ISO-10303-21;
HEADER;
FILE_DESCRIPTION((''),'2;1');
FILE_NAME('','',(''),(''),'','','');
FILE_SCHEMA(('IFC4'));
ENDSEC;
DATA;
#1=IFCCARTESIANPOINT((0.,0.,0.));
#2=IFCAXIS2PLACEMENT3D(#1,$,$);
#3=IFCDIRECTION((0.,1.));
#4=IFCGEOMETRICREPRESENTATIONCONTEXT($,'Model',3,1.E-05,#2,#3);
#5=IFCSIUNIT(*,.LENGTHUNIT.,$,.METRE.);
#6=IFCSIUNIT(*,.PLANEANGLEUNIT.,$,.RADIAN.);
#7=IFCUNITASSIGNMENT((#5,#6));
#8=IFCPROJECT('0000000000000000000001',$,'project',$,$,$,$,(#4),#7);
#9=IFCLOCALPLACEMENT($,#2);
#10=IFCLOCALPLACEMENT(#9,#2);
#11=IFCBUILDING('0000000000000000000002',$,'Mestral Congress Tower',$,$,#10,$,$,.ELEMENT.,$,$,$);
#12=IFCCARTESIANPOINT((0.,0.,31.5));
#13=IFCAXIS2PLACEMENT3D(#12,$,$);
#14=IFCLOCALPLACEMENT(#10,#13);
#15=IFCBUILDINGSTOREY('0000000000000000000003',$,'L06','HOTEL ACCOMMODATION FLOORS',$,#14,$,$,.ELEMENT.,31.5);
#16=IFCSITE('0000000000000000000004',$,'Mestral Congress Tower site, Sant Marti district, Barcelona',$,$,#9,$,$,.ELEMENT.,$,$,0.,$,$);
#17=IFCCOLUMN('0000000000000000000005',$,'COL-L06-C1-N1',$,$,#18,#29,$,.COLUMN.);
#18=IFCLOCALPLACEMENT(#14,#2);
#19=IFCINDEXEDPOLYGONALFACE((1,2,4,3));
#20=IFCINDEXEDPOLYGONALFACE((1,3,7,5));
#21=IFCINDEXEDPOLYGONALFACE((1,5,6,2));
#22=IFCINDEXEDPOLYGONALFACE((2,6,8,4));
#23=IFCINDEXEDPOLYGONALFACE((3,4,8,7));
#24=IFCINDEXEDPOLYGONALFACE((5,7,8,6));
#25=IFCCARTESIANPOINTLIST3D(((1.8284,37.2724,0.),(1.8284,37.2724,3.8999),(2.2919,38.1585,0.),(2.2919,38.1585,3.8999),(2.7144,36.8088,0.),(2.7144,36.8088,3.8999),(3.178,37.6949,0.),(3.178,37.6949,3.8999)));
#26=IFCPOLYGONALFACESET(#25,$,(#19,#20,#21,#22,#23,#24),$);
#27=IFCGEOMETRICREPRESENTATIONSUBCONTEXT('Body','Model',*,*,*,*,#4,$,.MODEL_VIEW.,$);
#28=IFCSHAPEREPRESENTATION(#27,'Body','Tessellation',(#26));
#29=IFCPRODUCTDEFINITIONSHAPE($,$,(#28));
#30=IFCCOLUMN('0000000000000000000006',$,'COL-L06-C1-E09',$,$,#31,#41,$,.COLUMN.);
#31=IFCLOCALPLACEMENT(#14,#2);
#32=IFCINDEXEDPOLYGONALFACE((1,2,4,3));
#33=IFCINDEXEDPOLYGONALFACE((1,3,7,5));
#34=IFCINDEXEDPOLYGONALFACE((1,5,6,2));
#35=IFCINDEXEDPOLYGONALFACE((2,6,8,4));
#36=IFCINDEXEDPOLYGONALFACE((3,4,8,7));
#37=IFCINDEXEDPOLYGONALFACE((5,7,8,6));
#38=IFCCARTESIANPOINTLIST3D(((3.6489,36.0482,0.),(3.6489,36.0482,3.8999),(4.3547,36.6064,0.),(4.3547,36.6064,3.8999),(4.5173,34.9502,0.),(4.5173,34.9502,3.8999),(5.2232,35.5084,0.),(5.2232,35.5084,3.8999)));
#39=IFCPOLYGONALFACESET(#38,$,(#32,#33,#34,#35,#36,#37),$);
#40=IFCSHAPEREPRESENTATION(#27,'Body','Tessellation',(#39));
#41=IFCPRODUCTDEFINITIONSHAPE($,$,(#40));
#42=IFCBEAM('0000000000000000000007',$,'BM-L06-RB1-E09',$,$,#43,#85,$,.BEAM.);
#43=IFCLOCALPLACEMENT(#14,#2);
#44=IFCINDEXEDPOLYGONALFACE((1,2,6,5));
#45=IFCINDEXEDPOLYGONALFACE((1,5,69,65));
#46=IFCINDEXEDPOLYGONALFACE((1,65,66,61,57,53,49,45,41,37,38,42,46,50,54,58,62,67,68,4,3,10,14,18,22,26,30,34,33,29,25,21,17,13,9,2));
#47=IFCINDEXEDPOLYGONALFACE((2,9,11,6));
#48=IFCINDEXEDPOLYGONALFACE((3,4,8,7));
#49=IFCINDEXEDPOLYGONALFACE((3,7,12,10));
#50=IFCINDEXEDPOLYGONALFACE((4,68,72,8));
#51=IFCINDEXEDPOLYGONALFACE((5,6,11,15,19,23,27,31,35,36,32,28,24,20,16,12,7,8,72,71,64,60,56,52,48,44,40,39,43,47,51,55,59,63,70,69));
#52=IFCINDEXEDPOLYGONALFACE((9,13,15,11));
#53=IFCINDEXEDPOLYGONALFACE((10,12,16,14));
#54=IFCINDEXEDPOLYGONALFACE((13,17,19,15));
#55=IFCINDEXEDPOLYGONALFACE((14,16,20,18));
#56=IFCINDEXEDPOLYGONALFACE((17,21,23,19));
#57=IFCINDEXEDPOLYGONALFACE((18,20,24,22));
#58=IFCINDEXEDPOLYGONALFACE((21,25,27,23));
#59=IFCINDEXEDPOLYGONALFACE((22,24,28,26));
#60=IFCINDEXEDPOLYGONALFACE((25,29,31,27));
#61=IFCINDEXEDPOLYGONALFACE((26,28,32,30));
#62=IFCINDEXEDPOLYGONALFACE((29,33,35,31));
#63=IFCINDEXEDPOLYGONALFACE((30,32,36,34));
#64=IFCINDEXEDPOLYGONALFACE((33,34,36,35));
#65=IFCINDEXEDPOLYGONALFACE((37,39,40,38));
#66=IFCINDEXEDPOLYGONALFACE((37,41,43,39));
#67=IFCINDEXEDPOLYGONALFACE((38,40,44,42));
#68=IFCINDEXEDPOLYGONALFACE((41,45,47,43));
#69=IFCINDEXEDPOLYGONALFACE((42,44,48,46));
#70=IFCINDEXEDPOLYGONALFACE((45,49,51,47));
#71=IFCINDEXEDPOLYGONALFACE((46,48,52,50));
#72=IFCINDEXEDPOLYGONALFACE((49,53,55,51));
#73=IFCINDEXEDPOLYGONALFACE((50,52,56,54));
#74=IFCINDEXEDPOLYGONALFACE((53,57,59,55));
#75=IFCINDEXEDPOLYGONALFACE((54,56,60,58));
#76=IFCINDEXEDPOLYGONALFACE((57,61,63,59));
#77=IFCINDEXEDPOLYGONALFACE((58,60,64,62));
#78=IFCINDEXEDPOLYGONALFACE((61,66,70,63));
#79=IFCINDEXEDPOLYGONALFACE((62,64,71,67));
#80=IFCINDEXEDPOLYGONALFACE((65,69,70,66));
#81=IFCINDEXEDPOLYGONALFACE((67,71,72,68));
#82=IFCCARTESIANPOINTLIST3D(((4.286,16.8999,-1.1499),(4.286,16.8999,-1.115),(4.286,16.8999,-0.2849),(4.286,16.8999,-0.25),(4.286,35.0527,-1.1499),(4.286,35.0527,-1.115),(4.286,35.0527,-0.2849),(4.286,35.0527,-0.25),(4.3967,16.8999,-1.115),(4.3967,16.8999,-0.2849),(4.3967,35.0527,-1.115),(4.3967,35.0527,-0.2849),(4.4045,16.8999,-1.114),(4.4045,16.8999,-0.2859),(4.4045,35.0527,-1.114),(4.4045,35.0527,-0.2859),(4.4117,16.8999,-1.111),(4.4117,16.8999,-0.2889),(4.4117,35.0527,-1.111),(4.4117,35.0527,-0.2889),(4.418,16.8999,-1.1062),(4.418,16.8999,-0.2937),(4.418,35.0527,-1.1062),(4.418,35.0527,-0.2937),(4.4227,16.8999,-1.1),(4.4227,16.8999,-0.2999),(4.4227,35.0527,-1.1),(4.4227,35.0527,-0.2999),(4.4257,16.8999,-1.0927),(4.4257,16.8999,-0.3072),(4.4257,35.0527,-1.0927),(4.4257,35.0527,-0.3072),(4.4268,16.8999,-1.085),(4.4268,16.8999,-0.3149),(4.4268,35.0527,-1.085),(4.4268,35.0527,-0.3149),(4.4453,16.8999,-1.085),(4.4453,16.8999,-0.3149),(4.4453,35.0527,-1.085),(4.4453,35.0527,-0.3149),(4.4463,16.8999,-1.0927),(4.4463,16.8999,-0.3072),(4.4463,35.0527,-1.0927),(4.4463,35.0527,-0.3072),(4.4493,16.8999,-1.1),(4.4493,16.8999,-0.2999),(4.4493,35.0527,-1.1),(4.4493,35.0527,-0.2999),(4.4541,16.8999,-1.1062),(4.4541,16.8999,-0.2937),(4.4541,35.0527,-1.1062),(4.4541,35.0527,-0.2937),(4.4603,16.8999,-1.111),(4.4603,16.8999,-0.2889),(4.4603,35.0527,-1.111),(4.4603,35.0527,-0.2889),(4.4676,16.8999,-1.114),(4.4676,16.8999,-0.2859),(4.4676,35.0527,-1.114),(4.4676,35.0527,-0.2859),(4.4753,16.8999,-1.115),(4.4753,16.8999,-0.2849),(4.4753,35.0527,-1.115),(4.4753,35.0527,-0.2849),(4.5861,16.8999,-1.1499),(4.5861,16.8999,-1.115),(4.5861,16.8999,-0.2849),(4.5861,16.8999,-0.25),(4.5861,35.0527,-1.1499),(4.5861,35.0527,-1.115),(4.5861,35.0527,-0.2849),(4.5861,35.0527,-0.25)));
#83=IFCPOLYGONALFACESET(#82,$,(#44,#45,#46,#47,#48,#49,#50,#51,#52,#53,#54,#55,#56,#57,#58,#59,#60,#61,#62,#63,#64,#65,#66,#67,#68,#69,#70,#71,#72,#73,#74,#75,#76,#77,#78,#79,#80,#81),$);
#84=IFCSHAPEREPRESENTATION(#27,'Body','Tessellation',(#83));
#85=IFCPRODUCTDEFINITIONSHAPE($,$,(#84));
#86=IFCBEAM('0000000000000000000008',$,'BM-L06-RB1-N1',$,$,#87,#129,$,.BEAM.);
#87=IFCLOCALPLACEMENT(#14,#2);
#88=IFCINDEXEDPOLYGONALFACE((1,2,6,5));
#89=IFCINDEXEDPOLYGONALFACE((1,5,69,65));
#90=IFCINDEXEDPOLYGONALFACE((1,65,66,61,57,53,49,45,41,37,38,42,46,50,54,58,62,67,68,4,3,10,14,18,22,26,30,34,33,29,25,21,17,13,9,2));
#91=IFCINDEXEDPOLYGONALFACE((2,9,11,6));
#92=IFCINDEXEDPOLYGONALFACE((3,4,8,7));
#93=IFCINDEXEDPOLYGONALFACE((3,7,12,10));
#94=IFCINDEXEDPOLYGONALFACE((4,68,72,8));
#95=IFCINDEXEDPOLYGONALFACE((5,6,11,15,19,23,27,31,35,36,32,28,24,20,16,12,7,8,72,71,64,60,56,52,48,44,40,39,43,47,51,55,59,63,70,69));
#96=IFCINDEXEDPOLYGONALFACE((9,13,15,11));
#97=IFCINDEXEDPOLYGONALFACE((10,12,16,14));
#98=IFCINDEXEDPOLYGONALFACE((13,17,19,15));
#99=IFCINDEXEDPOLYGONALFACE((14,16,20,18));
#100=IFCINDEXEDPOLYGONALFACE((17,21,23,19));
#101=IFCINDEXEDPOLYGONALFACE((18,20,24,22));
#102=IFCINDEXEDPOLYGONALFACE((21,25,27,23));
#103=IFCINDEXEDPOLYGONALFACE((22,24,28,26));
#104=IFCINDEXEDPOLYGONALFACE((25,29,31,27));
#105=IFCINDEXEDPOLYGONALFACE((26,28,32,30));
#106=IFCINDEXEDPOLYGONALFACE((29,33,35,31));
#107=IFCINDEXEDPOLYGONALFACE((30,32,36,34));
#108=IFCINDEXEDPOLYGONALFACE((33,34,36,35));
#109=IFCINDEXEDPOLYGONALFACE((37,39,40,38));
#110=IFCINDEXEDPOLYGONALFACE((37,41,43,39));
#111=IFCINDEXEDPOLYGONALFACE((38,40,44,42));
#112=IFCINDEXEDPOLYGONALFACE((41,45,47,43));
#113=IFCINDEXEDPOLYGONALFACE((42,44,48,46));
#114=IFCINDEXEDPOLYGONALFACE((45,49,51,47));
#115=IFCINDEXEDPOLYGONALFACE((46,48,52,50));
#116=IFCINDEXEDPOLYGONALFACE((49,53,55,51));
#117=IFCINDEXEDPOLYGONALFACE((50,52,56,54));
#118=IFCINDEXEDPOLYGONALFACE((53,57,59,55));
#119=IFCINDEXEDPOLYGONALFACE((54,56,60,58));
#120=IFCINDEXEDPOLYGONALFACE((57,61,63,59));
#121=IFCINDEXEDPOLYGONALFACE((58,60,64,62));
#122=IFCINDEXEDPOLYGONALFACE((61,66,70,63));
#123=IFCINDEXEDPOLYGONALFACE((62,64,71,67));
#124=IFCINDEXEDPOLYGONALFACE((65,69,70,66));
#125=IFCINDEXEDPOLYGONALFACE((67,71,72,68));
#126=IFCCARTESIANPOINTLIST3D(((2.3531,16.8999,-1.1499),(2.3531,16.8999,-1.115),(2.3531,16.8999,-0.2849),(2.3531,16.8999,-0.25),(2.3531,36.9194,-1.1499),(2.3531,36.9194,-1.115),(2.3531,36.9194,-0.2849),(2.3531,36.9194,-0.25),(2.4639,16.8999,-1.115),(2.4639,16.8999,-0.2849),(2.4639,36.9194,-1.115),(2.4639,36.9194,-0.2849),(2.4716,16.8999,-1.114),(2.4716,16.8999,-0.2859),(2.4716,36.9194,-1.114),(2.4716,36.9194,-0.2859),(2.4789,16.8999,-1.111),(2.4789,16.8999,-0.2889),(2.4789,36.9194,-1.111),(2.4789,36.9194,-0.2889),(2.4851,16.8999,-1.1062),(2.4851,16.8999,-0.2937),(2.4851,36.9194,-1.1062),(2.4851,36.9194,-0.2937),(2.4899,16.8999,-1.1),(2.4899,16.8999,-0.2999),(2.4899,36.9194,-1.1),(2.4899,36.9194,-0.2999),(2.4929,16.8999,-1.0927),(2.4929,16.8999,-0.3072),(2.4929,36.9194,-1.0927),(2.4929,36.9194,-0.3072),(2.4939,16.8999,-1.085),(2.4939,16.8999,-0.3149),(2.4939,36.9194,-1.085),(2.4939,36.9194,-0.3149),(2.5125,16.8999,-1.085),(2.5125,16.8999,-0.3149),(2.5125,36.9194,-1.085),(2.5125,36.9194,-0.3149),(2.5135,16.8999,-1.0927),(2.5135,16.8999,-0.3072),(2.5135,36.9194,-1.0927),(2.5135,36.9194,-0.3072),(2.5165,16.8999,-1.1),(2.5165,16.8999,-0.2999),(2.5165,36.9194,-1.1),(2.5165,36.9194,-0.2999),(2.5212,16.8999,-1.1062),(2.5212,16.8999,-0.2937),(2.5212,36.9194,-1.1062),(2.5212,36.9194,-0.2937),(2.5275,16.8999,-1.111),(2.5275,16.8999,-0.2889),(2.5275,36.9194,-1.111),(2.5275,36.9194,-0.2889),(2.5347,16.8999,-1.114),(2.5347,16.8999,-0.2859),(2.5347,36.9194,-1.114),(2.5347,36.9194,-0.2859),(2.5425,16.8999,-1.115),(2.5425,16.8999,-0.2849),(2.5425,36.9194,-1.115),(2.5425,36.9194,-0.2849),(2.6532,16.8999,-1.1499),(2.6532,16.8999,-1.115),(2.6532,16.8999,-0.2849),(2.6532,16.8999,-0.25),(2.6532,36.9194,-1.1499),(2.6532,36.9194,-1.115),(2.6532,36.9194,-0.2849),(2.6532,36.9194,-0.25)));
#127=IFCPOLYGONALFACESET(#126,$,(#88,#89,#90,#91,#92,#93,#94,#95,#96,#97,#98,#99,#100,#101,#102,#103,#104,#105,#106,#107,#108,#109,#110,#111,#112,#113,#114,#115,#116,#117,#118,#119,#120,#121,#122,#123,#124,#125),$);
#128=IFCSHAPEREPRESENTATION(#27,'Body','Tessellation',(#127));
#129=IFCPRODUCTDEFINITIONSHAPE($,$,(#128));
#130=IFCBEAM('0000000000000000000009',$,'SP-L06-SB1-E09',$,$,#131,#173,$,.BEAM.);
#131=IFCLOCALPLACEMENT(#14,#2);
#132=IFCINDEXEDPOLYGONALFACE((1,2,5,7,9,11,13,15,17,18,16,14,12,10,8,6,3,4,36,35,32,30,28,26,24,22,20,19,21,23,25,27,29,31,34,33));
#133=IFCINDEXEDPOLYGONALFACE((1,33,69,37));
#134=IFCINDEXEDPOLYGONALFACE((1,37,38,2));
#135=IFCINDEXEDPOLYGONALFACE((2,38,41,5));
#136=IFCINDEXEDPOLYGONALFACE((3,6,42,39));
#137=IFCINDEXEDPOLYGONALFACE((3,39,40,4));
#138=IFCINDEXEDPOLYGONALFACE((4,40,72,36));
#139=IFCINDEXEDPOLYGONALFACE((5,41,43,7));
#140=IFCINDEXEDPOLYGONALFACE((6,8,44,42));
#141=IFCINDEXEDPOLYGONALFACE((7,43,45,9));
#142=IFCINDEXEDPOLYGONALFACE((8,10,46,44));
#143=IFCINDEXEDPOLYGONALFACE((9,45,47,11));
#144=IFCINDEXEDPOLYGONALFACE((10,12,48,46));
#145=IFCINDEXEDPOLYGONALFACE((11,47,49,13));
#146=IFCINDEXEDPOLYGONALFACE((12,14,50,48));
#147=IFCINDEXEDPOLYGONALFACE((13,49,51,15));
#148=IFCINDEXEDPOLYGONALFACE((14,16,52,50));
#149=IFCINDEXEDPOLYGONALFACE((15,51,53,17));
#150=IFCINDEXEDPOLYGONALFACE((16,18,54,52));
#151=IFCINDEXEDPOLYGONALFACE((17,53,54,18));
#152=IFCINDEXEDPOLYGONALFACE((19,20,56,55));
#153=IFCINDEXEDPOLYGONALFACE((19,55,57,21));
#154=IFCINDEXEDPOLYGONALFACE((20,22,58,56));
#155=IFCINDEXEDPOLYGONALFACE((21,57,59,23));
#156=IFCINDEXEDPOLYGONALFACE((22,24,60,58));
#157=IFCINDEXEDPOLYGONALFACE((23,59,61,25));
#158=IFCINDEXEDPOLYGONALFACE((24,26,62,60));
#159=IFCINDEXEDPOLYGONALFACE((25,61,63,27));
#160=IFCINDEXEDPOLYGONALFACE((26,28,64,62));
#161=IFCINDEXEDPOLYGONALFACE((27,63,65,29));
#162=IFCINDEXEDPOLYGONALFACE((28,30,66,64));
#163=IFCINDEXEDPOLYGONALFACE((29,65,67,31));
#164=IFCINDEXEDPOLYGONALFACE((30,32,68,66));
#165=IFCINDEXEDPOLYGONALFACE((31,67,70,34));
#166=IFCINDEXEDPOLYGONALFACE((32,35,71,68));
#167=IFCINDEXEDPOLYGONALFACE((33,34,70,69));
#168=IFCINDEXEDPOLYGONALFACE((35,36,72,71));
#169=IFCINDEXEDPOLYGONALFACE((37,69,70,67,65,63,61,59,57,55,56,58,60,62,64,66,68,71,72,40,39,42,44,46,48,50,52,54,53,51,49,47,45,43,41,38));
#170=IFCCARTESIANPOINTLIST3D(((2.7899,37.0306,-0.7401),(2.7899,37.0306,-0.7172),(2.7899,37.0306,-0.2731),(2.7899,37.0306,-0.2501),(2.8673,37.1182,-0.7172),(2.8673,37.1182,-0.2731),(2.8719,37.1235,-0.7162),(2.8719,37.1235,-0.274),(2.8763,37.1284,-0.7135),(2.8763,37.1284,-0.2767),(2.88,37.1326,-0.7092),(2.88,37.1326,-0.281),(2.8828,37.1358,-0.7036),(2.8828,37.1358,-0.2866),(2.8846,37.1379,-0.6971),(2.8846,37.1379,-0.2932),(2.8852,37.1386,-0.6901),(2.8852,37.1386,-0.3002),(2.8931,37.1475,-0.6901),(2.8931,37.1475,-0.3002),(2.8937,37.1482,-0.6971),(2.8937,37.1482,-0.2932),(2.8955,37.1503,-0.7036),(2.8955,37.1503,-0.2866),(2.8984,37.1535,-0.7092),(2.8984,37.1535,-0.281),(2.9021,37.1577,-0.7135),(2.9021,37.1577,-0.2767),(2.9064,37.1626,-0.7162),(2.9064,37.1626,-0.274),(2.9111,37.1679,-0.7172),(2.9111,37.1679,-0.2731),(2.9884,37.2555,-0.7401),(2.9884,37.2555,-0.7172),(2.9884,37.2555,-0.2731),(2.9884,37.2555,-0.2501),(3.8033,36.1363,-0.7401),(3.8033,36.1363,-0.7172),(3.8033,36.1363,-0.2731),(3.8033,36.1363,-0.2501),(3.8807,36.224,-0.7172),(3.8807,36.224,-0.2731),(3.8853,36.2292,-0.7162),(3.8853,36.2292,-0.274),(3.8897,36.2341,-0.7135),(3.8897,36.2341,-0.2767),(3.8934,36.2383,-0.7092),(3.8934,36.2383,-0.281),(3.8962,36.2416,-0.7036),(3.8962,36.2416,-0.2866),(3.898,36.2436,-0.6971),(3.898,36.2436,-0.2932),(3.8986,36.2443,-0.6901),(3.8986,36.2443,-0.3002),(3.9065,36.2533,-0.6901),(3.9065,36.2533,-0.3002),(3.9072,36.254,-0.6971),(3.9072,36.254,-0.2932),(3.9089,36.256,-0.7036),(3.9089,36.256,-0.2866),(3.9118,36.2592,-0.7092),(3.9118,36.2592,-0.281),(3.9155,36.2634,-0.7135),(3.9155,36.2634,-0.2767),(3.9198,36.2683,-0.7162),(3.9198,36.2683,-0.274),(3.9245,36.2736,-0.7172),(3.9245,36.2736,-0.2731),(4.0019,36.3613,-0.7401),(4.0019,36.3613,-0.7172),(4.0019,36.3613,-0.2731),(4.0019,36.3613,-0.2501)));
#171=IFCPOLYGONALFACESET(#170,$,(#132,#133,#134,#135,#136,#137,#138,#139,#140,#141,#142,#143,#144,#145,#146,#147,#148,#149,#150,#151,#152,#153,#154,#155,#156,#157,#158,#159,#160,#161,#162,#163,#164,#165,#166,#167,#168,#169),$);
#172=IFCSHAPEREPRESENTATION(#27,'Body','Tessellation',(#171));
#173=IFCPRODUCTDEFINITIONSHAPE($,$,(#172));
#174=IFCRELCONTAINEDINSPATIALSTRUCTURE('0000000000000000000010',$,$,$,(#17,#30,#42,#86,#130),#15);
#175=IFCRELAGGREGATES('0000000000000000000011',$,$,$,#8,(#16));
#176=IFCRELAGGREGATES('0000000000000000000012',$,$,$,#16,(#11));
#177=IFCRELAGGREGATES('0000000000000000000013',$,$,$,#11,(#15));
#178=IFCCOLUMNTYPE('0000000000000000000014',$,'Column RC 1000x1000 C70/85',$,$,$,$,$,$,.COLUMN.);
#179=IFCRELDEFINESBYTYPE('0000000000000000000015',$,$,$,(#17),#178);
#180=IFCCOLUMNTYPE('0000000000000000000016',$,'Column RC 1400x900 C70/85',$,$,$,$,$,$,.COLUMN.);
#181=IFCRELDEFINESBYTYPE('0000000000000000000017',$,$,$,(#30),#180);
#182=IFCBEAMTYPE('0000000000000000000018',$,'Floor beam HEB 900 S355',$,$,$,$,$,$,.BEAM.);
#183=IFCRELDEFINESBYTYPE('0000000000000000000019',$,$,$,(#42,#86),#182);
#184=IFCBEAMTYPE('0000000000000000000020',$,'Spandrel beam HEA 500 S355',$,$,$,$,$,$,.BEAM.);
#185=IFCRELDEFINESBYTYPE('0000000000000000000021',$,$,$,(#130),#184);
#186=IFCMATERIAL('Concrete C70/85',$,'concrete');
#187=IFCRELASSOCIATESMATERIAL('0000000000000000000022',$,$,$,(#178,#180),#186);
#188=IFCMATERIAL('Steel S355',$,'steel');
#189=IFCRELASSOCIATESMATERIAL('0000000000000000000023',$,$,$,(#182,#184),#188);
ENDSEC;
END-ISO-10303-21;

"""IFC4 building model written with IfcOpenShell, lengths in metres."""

from ifc_helpers import new_model, si_unit, direction, frame, origin, origin_2d, place, context, subcontext, project, spatial, rectangle, i_section, extrude, material, material_profile, profile_set, type_object, element, save


model = new_model("IFC4")

# Units and contexts
model_context = context("Model", 3, precision=1e-05, world=origin(), true_north=direction((0.0, 1.0)))
body_context = subcontext(model_context, "Body", "Model", "MODEL_VIEW")
ifc_project = project(units=[si_unit("LENGTHUNIT", "METRE"), si_unit("PLANEANGLEUNIT", "RADIAN")], contexts=[model_context])

# Site, building, storey
site_placement = place(None, origin())
site = spatial("IfcSite", under=ifc_project, at=site_placement, Name="Mestral Congress Tower site, Sant Marti district, Barcelona", CompositionType="ELEMENT", RefElevation=0.0)
building_placement = place(site_placement, origin())
building = spatial("IfcBuilding", under=site, at=building_placement, Name="Mestral Congress Tower", CompositionType="ELEMENT")
storey_placement = place(building_placement, frame((0.0, 0.0, 31.5)))
storey = spatial("IfcBuildingStorey", under=building, at=storey_placement, Name="L06", Description="HOTEL ACCOMMODATION FLOORS", CompositionType="ELEMENT", Elevation=31.5)

# Columns
ifc_material_1 = material(Name="Concrete C70/85", Category="concrete")
ifc_material_profile_1 = material_profile(ifc_material_1, rectangle(XDim=1.0, YDim=1.0, at=origin_2d()), Name="RC 1000x1000")
ifc_profile_set_1 = profile_set([ifc_material_profile_1], Name="Concrete C70/85")
column_type_1 = type_object("IfcColumnType", Name="Column RC 1000x1000 C70/85", PredefinedType="COLUMN", material=ifc_profile_set_1)
column_1_placement = place(storey_placement, frame((2.5032, 37.4836, 0.0), z_axis=(0.0, 0.0, 1.0), x_axis=(-0.886068, 0.463556, 0.0)))
element("IfcColumn", 1, at=column_1_placement, inside=storey, type_object=column_type_1, Name="COL-L06-C1-N1", PredefinedType="COLUMN", context=body_context, shape_type="SweptSolid", body=[
    extrude(rectangle(XDim=1.0, YDim=1.0, at=origin_2d()), origin(), (0.0, 0.0, 1.0), 3.8999),
])
ifc_material_profile_2 = material_profile(ifc_material_1, rectangle(XDim=1.3999, YDim=0.8999, at=origin_2d()), Name="RC 1400x900")
ifc_profile_set_2 = profile_set([ifc_material_profile_2], Name="Concrete C70/85")
column_type_2 = type_object("IfcColumnType", Name="Column RC 1400x900 C70/85", PredefinedType="COLUMN", material=ifc_profile_set_2)
column_2_placement = place(storey_placement, frame((4.436, 35.7783, 0.0), z_axis=(0.0, 0.0, 1.0), x_axis=(-0.620334, 0.784338, 0.0)))
element("IfcColumn", 2, at=column_2_placement, inside=storey, type_object=column_type_2, Name="COL-L06-C1-E09", PredefinedType="COLUMN", context=body_context, shape_type="SweptSolid", body=[
    extrude(rectangle(XDim=1.3999, YDim=0.8999, at=origin_2d()), origin(), (0.0, 0.0, 1.0), 3.8999),
])

# Beams
ifc_material_2 = material(Name="Steel S355", Category="steel")
ifc_material_profile_3 = material_profile(ifc_material_2, i_section(OverallWidth=0.3, OverallDepth=0.8999, WebThickness=0.0186, FlangeThickness=0.0349, FilletRadius=0.03, at=origin_2d()), Name="HEB 900")
ifc_profile_set_3 = profile_set([ifc_material_profile_3], Name="Steel S355")
beam_type_1 = type_object("IfcBeamType", Name="Floor beam HEB 900 S355", PredefinedType="BEAM", material=ifc_profile_set_3)
beam_1_placement = place(storey_placement, frame((4.436, 35.0527, -0.7), z_axis=(0.0, -1.0, 0.0), x_axis=(1.0, 0.0, 0.0)))
element("IfcBeam", 3, at=beam_1_placement, inside=storey, type_object=beam_type_1, Name="BM-L06-RB1-E09", PredefinedType="BEAM", context=body_context, shape_type="SweptSolid", body=[
    extrude(i_section(OverallWidth=0.3, OverallDepth=0.8999, WebThickness=0.0186, FlangeThickness=0.0349, FilletRadius=0.03, at=origin_2d()), origin(), (0.0, 0.0, 1.0), 18.1528),
])
beam_2_placement = place(storey_placement, frame((2.5032, 36.9194, -0.7), z_axis=(0.0, -1.0, 0.0), x_axis=(1.0, 0.0, 0.0)))
element("IfcBeam", 4, at=beam_2_placement, inside=storey, type_object=beam_type_1, Name="BM-L06-RB1-N1", PredefinedType="BEAM", context=body_context, shape_type="SweptSolid", body=[
    extrude(i_section(OverallWidth=0.3, OverallDepth=0.8999, WebThickness=0.0186, FlangeThickness=0.0349, FilletRadius=0.03, at=origin_2d()), origin(), (0.0, 0.0, 1.0), 20.0195),
])
ifc_material_profile_4 = material_profile(ifc_material_2, i_section(OverallWidth=0.3, OverallDepth=0.49, WebThickness=0.012, FlangeThickness=0.0229, FilletRadius=0.0271, at=origin_2d()), Name="HEA 500")
ifc_profile_set_4 = profile_set([ifc_material_profile_4], Name="Steel S355")
beam_type_2 = type_object("IfcBeamType", Name="Spandrel beam HEA 500 S355", PredefinedType="BEAM", material=ifc_profile_set_4)
beam_3_placement = place(storey_placement, frame((3.9026, 36.2488, -0.4951), z_axis=(-0.749806, 0.661657, 0.0), x_axis=(-0.661657, -0.749806, 0.0)))
element("IfcBeam", 5, at=beam_3_placement, inside=storey, type_object=beam_type_2, Name="SP-L06-SB1-E09", PredefinedType="BEAM", context=body_context, shape_type="SweptSolid", body=[
    extrude(i_section(OverallWidth=0.3, OverallDepth=0.49, WebThickness=0.012, FlangeThickness=0.0229, FilletRadius=0.0271, at=origin_2d()), origin(), (0.0, 0.0, 1.0), 1.3516),
])

save(model, "model.ifc")
